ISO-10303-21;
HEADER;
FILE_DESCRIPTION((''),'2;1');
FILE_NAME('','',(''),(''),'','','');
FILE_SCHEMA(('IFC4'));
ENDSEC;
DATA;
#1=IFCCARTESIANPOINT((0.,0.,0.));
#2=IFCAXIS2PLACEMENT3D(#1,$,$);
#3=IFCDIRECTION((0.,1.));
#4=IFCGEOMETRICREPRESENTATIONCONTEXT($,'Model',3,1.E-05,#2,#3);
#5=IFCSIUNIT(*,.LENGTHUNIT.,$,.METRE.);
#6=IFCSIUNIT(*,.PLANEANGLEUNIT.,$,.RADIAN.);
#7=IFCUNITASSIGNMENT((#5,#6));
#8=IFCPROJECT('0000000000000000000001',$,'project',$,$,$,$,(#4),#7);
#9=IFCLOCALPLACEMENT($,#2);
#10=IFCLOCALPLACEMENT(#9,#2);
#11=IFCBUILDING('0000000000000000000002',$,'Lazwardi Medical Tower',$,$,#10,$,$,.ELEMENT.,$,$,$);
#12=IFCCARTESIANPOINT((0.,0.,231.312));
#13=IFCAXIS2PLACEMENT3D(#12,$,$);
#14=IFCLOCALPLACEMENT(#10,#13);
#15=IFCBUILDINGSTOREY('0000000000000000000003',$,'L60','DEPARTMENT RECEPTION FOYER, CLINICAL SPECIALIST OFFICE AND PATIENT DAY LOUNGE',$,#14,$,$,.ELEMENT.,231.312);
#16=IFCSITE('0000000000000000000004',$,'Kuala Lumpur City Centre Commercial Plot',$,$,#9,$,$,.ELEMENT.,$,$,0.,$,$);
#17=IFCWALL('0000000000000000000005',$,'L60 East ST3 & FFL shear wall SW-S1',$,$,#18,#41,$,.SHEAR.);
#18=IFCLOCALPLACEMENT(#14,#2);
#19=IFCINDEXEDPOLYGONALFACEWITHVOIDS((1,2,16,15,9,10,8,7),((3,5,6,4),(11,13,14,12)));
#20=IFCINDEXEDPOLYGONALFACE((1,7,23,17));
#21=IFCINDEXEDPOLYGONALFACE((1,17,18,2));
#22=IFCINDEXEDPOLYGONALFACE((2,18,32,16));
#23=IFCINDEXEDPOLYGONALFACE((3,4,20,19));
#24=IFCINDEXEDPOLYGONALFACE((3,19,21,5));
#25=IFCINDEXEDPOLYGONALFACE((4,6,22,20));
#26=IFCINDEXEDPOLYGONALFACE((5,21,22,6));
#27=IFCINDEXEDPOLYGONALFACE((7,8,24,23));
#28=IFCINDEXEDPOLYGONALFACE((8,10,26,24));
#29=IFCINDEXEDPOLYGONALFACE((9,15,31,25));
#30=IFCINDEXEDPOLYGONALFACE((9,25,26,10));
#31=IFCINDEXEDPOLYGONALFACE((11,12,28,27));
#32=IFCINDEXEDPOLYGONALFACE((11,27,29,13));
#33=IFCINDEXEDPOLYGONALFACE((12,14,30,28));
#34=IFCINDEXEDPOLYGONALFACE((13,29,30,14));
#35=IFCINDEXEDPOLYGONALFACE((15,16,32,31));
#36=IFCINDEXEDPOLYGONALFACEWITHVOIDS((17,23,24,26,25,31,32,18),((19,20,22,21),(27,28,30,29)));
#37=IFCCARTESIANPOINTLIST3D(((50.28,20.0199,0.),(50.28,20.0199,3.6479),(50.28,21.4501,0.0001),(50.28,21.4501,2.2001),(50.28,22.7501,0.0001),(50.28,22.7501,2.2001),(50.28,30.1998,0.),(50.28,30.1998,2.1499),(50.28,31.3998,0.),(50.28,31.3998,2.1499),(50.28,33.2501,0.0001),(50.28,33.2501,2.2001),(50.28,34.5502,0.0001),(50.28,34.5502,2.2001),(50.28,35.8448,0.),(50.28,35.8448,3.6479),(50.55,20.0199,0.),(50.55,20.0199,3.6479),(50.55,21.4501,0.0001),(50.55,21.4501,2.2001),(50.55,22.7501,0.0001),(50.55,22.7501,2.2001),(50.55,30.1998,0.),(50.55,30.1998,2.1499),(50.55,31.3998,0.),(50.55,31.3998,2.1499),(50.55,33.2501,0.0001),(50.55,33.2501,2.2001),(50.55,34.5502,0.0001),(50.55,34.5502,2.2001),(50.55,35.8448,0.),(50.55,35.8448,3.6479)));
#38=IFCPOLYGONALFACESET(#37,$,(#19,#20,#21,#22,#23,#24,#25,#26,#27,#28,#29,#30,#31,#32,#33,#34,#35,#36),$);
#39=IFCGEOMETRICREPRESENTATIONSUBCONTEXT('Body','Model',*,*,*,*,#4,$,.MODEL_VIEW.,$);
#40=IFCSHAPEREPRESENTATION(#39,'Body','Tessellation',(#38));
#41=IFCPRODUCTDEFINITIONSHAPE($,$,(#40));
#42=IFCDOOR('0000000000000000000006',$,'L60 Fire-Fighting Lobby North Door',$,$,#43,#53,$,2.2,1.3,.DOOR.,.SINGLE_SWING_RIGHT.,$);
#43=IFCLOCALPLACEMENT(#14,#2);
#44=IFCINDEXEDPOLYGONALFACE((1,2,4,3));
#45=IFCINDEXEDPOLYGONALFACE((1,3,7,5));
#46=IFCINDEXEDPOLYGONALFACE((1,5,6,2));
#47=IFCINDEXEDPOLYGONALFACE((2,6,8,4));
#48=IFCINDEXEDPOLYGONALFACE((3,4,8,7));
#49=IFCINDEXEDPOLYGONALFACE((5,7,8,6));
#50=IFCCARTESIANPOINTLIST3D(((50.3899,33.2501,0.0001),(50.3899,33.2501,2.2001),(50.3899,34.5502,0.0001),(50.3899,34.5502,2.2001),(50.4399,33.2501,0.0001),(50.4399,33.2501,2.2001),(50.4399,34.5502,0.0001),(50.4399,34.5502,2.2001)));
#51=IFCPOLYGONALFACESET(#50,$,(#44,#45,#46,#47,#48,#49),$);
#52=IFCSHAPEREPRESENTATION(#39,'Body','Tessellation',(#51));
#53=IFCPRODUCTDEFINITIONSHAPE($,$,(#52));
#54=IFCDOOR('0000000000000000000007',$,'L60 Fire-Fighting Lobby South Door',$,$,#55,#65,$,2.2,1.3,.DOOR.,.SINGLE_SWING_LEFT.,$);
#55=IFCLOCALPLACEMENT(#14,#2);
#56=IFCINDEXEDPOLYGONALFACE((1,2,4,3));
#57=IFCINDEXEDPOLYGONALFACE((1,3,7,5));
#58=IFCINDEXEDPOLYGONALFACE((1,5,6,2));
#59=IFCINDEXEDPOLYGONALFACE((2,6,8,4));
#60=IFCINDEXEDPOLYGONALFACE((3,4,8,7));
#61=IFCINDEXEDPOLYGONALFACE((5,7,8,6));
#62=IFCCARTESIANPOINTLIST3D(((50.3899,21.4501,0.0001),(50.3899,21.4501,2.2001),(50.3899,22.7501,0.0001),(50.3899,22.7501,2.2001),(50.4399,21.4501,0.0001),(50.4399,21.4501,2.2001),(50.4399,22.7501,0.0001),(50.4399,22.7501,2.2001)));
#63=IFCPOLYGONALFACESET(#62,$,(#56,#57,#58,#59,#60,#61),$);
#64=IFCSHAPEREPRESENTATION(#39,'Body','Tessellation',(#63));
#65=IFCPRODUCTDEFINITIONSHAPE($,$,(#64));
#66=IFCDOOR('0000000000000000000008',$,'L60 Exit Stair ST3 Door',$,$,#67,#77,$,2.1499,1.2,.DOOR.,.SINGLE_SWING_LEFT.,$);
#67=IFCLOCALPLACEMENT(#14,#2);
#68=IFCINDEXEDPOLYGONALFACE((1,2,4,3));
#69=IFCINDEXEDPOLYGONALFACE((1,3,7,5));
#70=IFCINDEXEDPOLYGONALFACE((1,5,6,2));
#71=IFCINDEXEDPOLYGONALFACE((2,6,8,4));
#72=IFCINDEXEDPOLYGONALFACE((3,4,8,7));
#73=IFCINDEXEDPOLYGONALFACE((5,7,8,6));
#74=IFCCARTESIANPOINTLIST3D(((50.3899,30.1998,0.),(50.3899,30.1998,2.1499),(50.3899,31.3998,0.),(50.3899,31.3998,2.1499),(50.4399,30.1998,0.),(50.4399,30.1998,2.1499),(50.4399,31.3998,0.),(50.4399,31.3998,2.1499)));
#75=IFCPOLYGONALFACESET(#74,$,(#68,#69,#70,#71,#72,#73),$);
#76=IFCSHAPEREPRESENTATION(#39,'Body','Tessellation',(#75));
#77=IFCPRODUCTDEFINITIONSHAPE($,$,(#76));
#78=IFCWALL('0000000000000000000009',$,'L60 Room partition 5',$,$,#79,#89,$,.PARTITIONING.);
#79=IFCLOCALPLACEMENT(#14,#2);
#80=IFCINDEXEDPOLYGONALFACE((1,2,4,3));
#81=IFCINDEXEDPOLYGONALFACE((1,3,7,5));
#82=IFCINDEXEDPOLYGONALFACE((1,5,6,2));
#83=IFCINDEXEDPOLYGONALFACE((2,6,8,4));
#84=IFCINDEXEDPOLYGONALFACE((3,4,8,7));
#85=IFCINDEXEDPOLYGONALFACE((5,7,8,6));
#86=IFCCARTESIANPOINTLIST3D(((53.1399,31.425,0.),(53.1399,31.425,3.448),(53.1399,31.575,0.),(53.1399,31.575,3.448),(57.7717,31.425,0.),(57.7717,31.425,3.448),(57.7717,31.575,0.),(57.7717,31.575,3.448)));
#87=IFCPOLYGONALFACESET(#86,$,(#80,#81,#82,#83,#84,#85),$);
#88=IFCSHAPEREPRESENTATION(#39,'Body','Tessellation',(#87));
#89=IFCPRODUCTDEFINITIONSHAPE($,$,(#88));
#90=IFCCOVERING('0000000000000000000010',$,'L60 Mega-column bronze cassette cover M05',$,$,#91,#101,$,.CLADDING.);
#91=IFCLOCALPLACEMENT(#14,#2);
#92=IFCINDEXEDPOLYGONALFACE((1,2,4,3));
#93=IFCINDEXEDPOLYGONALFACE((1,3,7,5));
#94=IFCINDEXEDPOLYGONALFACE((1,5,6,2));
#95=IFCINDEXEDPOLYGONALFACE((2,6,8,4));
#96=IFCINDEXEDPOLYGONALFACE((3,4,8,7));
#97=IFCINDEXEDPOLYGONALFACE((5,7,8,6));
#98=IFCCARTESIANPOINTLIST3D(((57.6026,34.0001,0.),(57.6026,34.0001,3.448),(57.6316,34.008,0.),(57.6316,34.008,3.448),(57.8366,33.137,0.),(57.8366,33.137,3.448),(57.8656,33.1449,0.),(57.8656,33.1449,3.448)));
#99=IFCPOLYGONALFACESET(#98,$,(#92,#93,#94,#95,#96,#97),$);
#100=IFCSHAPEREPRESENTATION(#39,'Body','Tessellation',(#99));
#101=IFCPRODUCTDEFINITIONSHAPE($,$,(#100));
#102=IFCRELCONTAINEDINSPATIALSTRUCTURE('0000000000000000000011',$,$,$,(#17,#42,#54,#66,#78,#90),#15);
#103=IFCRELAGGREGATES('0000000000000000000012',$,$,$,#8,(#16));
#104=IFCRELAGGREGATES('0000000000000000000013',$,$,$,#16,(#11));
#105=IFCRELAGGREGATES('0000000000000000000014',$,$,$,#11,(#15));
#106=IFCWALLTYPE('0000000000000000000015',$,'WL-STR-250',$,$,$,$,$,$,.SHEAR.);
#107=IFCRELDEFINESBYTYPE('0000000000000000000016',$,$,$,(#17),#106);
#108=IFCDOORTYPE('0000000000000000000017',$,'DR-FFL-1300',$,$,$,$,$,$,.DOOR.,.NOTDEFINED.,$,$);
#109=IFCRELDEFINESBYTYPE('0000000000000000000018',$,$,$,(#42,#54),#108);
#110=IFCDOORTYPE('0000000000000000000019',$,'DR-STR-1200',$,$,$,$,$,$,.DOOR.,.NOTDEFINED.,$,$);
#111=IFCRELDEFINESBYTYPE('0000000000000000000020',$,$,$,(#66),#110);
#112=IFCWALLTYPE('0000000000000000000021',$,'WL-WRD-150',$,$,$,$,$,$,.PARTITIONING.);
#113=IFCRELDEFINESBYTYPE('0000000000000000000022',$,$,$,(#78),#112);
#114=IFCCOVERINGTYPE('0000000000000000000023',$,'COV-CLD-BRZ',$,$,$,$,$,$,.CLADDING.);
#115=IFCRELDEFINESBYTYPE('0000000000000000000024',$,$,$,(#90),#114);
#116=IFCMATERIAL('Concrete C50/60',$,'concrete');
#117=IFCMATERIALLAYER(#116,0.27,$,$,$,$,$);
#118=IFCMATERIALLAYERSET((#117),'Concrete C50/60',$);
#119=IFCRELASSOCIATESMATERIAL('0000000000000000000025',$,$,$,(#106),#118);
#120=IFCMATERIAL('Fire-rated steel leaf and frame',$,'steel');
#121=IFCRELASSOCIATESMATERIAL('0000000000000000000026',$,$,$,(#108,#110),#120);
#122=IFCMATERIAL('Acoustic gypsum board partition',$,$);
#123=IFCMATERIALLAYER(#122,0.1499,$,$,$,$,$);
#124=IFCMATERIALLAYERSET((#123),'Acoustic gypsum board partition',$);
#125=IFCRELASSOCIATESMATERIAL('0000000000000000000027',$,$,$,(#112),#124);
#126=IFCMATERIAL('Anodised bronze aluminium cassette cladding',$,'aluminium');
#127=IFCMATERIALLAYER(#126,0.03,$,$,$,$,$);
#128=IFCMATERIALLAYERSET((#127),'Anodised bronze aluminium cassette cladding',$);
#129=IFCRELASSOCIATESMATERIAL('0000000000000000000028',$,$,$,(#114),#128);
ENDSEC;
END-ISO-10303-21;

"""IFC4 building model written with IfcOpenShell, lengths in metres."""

from ifc_helpers import new_model, si_unit, direction, frame, frame_2d, origin, origin_2d, place, context, subcontext, project, spatial, rectangle, extrude, material, layer, layer_set, type_object, element, fill, save


model = new_model("IFC4")

# Units and contexts
model_context = context("Model", 3, precision=1e-05, world=origin(), true_north=direction((0.0, 1.0)))
body_context = subcontext(model_context, "Body", "Model", "MODEL_VIEW")
ifc_project = project(units=[si_unit("LENGTHUNIT", "METRE"), si_unit("PLANEANGLEUNIT", "RADIAN")], contexts=[model_context])

# Site, building, storey
site_placement = place(None, origin())
site = spatial("IfcSite", under=ifc_project, at=site_placement, Name="Kuala Lumpur City Centre Commercial Plot", CompositionType="ELEMENT", RefElevation=0.0)
building_placement = place(site_placement, origin())
building = spatial("IfcBuilding", under=site, at=building_placement, Name="Lazwardi Medical Tower", CompositionType="ELEMENT")
storey_placement = place(building_placement, frame((0.0, 0.0, 231.312)))
storey = spatial("IfcBuildingStorey", under=building, at=storey_placement, Name="L60", Description="DEPARTMENT RECEPTION FOYER, CLINICAL SPECIALIST OFFICE AND PATIENT DAY LOUNGE", CompositionType="ELEMENT", Elevation=231.312)

# Wall, openings, doors
ifc_material_1 = material(Name="Concrete C50/60", Category="concrete")
ifc_layer_1 = layer(ifc_material_1, 0.27)
ifc_layer_set_1 = layer_set([ifc_layer_1], Name="Concrete C50/60")
wall_type_1 = type_object("IfcWallType", Name="WL-STR-250", PredefinedType="SHEAR", material=ifc_layer_set_1)
wall_1_placement = place(storey_placement, frame((50.415, 35.845, 0.0), z_axis=(0.0, 0.0, 1.0), x_axis=(0.0, -1.0, 0.0)))
wall_1 = element("IfcWall", 1, at=wall_1_placement, inside=storey, type_object=wall_type_1, Name="L60 East ST3 & FFL shear wall SW-S1", PredefinedType="SHEAR", context=body_context, shape_type="SweptSolid", body=[
    extrude(rectangle(XDim=15.825, YDim=0.27, at=frame_2d((7.9126, 0.0))), origin(), (0.0, 0.0, 1.0), 3.6479),
])
opening_1_placement = place(wall_1_placement, frame((4.4451, 0.0, 0.0)))
opening_1 = element("IfcOpeningElement", 2, at=opening_1_placement, cuts=wall_1, PredefinedType="OPENING", context=body_context, shape_type="SweptSolid", body=[
    extrude(rectangle(XDim=1.2, YDim=2.1499, at=frame_2d((0.6001, 1.075))), frame((0.0, 0.145, 0.0), z_axis=(0.0, -1.0, 0.0), x_axis=(1.0, 0.0, 0.0)), (0.0, 0.0, 1.0), 0.29),
])
opening_2_placement = place(wall_1_placement, frame((1.2949, 0.0, 0.0)))
opening_2 = element("IfcOpeningElement", 3, at=opening_2_placement, cuts=wall_1, PredefinedType="OPENING", context=body_context, shape_type="SweptSolid", body=[
    extrude(rectangle(XDim=1.3, YDim=2.2, at=frame_2d((0.6499, 1.1001))), frame((0.0, 0.145, 0.0), z_axis=(0.0, -1.0, 0.0), x_axis=(1.0, 0.0, 0.0)), (0.0, 0.0, 1.0), 0.29),
])
opening_3_placement = place(wall_1_placement, frame((13.095, 0.0, 0.0)))
opening_3 = element("IfcOpeningElement", 4, at=opening_3_placement, cuts=wall_1, PredefinedType="OPENING", context=body_context, shape_type="SweptSolid", body=[
    extrude(rectangle(XDim=1.3, YDim=2.2, at=frame_2d((0.6499, 1.1001))), frame((0.0, 0.145, 0.0), z_axis=(0.0, -1.0, 0.0), x_axis=(1.0, 0.0, 0.0)), (0.0, 0.0, 1.0), 0.29),
])
ifc_material_2 = material(Name="Fire-rated steel leaf and frame", Category="steel")
door_type_1 = type_object("IfcDoorType", Name="DR-FFL-1300", OperationType="NOTDEFINED", PredefinedType="DOOR", material=ifc_material_2)
door_1_placement = place(opening_2_placement, origin())
door_1 = element("IfcDoor", 5, at=door_1_placement, inside=storey, type_object=door_type_1, Name="L60 Fire-Fighting Lobby North Door", OperationType="SINGLE_SWING_RIGHT", OverallHeight=2.2, OverallWidth=1.3, PredefinedType="DOOR", context=body_context, shape_type="SweptSolid", body=[
    extrude(rectangle(XDim=1.3, YDim=2.2, at=frame_2d((0.6499, 1.1001))), frame((0.0, 0.0249, 0.0), z_axis=(0.0, -1.0, 0.0), x_axis=(1.0, 0.0, 0.0)), (0.0, 0.0, 1.0), 0.05),
])
fill(opening_2, door_1)
door_2_placement = place(opening_3_placement, origin())
door_2 = element("IfcDoor", 6, at=door_2_placement, inside=storey, type_object=door_type_1, Name="L60 Fire-Fighting Lobby South Door", OperationType="SINGLE_SWING_LEFT", OverallHeight=2.2, OverallWidth=1.3, PredefinedType="DOOR", context=body_context, shape_type="SweptSolid", body=[
    extrude(rectangle(XDim=1.3, YDim=2.2, at=frame_2d((0.6499, 1.1001))), frame((0.0, 0.0249, 0.0), z_axis=(0.0, -1.0, 0.0), x_axis=(1.0, 0.0, 0.0)), (0.0, 0.0, 1.0), 0.05),
])
fill(opening_3, door_2)
door_type_2 = type_object("IfcDoorType", Name="DR-STR-1200", OperationType="NOTDEFINED", PredefinedType="DOOR", material=ifc_material_2)
door_3_placement = place(opening_1_placement, origin())
door_3 = element("IfcDoor", 7, at=door_3_placement, inside=storey, type_object=door_type_2, Name="L60 Exit Stair ST3 Door", OperationType="SINGLE_SWING_LEFT", OverallHeight=2.1499, OverallWidth=1.2, PredefinedType="DOOR", context=body_context, shape_type="SweptSolid", body=[
    extrude(rectangle(XDim=1.2, YDim=2.1499, at=frame_2d((0.6001, 1.075))), frame((0.0, 0.0249, 0.0), z_axis=(0.0, -1.0, 0.0), x_axis=(1.0, 0.0, 0.0)), (0.0, 0.0, 1.0), 0.05),
])
fill(opening_1, door_3)

# Wall
ifc_material_3 = material(Name="Acoustic gypsum board partition")
ifc_layer_2 = layer(ifc_material_3, 0.1499)
ifc_layer_set_2 = layer_set([ifc_layer_2], Name="Acoustic gypsum board partition")
wall_type_2 = type_object("IfcWallType", Name="WL-WRD-150", PredefinedType="PARTITIONING", material=ifc_layer_set_2)
wall_2_placement = place(storey_placement, frame((53.1399, 31.5, 0.0), z_axis=(0.0, 0.0, 1.0), x_axis=(1.0, 0.0, 0.0)))
element("IfcWall", 8, at=wall_2_placement, inside=storey, type_object=wall_type_2, Name="L60 Room partition 5", PredefinedType="PARTITIONING", context=body_context, shape_type="SweptSolid", body=[
    extrude(rectangle(XDim=4.6318, YDim=0.1499, at=frame_2d((2.3159, 0.0))), origin(), (0.0, 0.0, 1.0), 3.448),
])

# Covering
ifc_material_4 = material(Name="Anodised bronze aluminium cassette cladding", Category="aluminium")
ifc_layer_3 = layer(ifc_material_4, 0.03)
ifc_layer_set_3 = layer_set([ifc_layer_3], Name="Anodised bronze aluminium cassette cladding")
covering_type = type_object("IfcCoveringType", Name="COV-CLD-BRZ", PredefinedType="CLADDING", material=ifc_layer_set_3)
covering_placement = place(storey_placement, frame((57.7341, 33.5725, 0.0), z_axis=(0.0, 0.0, 1.0), x_axis=(-0.261642, 0.965165, 0.0)))
element("IfcCovering", 9, at=covering_placement, inside=storey, type_object=covering_type, Name="L60 Mega-column bronze cassette cover M05", PredefinedType="CLADDING", context=body_context, shape_type="SweptSolid", body=[
    extrude(rectangle(XDim=0.8943, YDim=0.03, at=origin_2d()), origin(), (0.0, 0.0, 1.0), 3.448),
])

save(model, "model.ifc")
